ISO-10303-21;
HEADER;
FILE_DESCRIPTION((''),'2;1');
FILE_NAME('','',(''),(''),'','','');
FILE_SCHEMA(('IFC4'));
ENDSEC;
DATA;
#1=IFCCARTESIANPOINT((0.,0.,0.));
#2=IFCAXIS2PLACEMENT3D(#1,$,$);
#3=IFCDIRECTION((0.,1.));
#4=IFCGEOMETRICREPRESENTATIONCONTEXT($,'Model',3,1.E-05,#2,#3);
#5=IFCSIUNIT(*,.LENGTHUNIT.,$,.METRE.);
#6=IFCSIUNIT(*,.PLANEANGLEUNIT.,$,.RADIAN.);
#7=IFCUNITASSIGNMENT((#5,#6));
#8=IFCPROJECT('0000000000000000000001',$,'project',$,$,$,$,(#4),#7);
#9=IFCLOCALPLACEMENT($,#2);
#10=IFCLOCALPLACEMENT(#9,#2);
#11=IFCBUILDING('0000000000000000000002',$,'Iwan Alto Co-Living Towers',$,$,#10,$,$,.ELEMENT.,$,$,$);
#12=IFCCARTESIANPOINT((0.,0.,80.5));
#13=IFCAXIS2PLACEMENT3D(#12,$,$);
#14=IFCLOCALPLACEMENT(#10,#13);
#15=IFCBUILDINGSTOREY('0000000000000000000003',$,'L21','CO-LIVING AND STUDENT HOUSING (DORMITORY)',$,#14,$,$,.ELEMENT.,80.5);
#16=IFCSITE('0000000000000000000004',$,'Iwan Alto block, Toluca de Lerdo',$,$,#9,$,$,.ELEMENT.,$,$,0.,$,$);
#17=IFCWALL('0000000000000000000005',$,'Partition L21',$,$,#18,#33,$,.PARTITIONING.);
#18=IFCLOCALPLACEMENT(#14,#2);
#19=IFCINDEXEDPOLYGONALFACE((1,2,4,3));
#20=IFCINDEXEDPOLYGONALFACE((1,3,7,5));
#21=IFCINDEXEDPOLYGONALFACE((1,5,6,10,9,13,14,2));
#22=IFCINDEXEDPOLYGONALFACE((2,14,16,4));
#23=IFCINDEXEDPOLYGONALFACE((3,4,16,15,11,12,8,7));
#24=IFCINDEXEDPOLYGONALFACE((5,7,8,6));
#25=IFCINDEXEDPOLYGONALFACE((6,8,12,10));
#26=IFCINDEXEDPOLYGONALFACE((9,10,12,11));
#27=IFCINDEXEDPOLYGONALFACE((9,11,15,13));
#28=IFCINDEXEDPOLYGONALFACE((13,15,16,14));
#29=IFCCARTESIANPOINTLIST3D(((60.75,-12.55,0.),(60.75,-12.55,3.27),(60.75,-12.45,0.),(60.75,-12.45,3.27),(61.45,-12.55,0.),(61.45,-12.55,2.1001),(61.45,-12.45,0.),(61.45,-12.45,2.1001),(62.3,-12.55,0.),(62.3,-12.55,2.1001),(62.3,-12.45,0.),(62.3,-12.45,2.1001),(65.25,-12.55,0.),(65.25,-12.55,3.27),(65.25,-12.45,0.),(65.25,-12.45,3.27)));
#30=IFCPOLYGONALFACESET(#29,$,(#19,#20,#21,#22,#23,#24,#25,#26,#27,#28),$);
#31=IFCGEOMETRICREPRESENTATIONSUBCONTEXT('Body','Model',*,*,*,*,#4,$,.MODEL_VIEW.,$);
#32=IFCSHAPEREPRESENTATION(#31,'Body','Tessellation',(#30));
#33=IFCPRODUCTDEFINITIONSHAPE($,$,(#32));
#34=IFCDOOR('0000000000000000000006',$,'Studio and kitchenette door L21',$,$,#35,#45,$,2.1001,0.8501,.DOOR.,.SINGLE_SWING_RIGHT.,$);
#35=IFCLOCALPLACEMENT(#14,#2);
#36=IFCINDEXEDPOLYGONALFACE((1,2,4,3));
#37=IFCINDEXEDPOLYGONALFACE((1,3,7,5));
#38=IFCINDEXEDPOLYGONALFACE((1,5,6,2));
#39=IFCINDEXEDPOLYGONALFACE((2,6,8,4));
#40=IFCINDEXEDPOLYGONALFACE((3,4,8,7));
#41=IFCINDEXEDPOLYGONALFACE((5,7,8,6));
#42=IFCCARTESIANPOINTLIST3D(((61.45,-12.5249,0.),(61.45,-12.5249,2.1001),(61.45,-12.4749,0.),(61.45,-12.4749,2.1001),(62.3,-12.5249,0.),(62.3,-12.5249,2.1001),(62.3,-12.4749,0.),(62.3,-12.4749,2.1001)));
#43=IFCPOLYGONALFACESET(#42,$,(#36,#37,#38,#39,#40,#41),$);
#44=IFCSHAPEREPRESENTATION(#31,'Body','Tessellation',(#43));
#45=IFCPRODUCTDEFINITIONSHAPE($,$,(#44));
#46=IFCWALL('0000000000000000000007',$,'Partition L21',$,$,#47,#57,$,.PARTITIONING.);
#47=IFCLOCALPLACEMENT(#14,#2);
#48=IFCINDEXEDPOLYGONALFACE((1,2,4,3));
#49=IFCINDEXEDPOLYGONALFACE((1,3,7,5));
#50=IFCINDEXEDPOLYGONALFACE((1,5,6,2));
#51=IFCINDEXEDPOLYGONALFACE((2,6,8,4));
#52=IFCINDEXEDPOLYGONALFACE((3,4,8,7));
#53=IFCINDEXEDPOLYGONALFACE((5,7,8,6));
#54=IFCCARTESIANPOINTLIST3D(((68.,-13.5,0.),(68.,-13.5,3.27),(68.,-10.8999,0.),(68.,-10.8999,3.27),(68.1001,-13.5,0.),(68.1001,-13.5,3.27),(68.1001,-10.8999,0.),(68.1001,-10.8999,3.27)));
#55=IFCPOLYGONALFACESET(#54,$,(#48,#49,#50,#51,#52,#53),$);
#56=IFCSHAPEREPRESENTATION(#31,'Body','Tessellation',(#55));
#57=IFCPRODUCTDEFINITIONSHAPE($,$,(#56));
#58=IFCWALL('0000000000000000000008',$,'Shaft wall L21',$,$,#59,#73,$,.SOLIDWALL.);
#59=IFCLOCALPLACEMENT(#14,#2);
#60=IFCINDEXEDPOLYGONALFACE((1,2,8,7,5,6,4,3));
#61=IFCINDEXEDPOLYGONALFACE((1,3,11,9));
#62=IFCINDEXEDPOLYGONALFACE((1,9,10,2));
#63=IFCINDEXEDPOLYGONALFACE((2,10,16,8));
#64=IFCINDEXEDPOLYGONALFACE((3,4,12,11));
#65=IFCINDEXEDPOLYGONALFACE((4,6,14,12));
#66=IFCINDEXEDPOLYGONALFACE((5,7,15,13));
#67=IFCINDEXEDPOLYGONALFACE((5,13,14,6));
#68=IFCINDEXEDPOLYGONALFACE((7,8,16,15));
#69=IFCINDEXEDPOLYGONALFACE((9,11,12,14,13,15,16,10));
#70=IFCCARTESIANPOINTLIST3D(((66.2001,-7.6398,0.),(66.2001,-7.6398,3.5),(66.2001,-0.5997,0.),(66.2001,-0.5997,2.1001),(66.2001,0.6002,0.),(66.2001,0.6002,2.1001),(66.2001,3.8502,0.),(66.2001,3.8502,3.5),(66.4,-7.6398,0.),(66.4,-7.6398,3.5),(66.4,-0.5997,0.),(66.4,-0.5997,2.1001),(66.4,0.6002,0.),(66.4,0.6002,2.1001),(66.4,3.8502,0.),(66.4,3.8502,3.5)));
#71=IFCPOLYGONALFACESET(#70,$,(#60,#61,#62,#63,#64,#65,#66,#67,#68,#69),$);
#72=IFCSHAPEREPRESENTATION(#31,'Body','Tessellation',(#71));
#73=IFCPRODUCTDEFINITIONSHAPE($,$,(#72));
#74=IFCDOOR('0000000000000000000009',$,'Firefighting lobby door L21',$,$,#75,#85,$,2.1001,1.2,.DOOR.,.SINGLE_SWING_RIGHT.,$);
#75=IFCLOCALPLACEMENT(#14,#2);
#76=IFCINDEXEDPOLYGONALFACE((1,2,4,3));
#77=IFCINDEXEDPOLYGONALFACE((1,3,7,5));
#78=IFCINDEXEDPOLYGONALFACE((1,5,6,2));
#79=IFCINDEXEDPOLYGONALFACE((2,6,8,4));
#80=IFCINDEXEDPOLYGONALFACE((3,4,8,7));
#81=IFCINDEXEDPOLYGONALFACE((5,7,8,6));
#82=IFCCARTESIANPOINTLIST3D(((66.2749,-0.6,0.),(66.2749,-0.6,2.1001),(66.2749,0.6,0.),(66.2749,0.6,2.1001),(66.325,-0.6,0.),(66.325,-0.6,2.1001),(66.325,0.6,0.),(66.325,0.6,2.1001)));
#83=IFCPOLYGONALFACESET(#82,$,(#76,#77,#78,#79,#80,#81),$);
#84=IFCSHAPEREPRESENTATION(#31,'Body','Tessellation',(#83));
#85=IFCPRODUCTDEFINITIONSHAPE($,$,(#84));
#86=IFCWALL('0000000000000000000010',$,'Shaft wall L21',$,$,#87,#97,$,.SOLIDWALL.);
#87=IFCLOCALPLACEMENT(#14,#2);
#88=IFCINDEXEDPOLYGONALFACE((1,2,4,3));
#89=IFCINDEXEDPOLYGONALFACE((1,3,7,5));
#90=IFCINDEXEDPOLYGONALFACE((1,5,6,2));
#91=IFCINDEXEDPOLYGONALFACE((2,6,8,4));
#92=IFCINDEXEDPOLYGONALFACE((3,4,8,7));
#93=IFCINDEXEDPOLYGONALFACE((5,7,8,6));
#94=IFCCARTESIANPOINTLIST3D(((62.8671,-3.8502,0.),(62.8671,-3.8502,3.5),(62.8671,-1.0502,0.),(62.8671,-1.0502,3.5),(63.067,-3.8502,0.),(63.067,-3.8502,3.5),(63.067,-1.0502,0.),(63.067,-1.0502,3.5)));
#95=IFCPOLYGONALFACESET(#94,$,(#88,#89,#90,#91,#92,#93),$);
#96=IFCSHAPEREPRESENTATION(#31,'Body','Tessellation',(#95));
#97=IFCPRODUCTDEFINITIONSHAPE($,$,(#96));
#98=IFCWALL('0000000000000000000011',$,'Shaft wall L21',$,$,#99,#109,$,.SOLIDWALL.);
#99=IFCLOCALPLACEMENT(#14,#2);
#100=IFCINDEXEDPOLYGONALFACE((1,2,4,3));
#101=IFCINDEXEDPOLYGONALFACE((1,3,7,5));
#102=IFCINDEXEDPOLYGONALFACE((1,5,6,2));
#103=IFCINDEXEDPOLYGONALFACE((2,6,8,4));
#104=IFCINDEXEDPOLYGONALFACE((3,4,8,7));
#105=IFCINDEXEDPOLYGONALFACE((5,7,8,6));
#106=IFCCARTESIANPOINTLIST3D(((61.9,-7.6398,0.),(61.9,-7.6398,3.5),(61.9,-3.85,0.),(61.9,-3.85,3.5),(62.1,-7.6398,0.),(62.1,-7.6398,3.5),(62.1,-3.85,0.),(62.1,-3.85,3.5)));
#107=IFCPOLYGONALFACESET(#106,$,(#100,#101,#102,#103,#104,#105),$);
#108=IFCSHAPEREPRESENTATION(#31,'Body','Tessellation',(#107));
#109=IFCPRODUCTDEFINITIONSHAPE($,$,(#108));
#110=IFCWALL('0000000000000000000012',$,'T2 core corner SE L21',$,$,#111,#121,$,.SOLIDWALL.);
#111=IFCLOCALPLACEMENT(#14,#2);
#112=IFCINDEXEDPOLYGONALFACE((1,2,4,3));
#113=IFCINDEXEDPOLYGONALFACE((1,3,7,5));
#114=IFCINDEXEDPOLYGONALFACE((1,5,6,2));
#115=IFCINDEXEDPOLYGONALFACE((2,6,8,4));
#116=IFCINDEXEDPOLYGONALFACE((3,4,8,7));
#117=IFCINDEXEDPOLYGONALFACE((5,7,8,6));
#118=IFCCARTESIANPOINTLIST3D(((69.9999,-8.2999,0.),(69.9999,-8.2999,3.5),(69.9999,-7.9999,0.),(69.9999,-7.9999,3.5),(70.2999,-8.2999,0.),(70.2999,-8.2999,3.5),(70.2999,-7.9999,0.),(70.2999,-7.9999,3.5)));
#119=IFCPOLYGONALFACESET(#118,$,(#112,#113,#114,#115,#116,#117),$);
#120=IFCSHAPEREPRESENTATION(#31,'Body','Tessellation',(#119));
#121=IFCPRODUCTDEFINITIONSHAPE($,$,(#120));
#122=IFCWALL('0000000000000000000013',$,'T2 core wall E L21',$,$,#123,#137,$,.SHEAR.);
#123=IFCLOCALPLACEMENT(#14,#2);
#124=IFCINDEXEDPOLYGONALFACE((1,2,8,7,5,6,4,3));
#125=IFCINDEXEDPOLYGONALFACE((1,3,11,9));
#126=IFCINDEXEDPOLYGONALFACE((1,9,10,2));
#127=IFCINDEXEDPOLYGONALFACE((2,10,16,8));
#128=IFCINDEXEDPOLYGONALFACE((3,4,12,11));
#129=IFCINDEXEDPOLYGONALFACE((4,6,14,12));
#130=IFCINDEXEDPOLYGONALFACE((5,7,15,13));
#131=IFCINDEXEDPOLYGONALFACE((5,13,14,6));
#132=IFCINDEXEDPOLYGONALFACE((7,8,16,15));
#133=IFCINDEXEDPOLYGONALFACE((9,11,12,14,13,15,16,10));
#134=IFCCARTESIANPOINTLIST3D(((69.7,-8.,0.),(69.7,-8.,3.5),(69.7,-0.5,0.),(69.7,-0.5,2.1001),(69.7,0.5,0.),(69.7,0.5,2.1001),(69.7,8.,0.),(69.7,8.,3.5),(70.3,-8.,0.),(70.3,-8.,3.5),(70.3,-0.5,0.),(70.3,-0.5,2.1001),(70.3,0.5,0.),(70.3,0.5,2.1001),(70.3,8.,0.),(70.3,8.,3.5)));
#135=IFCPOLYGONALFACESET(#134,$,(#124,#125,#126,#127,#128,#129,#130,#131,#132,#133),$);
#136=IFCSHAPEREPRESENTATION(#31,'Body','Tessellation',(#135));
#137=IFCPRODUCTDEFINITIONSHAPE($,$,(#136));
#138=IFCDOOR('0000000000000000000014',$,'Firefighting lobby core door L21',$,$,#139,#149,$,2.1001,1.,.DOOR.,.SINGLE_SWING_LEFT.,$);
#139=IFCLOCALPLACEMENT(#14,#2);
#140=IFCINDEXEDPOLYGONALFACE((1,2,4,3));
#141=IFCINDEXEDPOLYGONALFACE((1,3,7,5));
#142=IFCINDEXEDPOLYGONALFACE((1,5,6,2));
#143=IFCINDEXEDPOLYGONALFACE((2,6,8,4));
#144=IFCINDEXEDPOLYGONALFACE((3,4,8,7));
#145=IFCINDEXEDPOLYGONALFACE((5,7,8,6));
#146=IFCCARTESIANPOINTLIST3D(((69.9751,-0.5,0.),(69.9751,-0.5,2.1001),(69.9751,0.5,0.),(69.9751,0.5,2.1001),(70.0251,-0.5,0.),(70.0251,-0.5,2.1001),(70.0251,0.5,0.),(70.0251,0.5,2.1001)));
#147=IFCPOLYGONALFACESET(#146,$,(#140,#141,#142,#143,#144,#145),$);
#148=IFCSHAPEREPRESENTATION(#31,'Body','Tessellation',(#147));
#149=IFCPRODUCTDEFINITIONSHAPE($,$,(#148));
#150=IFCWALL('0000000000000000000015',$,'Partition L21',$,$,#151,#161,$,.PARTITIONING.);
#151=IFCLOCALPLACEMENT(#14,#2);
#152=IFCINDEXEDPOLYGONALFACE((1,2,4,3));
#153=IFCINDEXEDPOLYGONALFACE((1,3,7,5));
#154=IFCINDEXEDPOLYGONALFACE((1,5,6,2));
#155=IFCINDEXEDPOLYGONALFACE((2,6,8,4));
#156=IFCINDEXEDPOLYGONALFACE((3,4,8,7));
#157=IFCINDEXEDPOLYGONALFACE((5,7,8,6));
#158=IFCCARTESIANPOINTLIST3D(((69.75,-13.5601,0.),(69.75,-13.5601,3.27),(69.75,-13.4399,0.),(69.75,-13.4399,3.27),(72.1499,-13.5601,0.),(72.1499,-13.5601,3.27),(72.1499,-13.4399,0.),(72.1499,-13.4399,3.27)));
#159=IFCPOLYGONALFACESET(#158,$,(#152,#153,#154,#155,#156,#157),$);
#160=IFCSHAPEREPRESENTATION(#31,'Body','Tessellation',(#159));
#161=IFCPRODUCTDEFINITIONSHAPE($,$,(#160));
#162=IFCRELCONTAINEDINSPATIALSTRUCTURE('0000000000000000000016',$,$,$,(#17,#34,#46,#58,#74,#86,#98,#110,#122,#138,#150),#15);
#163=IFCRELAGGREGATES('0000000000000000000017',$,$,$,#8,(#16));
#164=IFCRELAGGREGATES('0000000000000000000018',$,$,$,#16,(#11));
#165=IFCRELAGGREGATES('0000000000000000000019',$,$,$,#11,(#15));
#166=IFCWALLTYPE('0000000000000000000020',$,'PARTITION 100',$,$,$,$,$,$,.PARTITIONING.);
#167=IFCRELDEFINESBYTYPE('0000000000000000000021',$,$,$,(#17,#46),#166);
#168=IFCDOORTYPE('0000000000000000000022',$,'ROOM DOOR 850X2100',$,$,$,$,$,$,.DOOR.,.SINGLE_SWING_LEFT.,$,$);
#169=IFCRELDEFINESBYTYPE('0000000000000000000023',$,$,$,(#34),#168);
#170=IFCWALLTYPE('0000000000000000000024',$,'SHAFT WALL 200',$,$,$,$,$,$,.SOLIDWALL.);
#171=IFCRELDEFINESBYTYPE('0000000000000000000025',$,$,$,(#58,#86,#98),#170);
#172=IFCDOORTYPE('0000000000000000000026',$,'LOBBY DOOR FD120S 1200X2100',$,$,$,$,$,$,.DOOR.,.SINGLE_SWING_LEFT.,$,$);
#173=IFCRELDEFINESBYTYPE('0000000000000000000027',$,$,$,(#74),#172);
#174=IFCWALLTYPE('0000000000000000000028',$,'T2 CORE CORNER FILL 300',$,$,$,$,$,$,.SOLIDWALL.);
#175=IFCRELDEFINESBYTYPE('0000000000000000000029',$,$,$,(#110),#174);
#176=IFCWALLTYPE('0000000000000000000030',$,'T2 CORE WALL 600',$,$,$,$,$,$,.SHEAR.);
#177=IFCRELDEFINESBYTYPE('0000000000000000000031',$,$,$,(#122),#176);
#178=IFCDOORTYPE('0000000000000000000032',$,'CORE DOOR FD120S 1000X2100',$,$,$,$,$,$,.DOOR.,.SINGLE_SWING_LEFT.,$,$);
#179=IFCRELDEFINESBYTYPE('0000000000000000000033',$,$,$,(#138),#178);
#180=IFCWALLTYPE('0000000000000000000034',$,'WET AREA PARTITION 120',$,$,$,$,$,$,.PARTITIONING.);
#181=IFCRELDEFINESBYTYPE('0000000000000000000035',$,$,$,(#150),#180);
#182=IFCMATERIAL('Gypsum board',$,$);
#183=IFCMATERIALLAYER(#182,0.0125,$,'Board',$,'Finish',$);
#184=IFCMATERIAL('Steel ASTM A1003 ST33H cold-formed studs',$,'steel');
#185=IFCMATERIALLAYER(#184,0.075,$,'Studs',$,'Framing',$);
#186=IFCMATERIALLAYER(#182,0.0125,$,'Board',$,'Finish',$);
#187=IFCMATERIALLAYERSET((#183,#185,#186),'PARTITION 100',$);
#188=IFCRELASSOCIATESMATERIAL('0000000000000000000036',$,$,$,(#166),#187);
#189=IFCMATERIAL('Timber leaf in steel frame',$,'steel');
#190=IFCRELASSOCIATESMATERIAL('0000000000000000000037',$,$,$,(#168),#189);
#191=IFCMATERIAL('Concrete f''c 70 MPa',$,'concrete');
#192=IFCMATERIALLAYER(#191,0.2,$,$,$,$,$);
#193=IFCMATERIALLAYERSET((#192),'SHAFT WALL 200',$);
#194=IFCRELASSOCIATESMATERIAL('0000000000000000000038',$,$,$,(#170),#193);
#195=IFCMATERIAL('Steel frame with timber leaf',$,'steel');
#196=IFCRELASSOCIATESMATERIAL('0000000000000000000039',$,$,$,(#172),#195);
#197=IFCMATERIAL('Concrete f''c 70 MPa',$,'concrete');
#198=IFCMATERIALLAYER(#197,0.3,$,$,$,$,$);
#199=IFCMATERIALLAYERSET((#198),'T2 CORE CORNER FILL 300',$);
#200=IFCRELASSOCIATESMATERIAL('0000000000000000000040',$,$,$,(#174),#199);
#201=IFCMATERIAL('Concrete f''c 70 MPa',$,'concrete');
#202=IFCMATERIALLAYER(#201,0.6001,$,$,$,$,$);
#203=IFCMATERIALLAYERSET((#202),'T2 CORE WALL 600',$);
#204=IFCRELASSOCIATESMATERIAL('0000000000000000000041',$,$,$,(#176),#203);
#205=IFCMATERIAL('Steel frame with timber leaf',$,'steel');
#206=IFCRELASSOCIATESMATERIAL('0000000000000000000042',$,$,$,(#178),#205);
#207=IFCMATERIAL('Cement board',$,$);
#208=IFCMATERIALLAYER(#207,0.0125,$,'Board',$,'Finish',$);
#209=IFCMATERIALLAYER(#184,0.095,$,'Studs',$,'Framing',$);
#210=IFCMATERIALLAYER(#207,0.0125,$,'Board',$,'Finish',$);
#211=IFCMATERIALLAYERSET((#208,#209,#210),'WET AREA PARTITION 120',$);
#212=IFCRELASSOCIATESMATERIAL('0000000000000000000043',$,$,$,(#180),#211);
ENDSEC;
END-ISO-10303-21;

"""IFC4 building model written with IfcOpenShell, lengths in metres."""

from ifc_helpers import new_model, si_unit, direction, frame, frame_2d, origin, place, context, subcontext, project, spatial, rectangle, extrude, material, layer, layer_set, type_object, element, fill, save


model = new_model("IFC4")

# Units and contexts
model_context = context("Model", 3, precision=1e-05, world=origin(), true_north=direction((0.0, 1.0)))
body_context = subcontext(model_context, "Body", "Model", "MODEL_VIEW")
ifc_project = project(units=[si_unit("LENGTHUNIT", "METRE"), si_unit("PLANEANGLEUNIT", "RADIAN")], contexts=[model_context])

# Site, building, storey
site_placement = place(None, origin())
site = spatial("IfcSite", under=ifc_project, at=site_placement, Name="Iwan Alto block, Toluca de Lerdo", CompositionType="ELEMENT", RefElevation=0.0)
building_placement = place(site_placement, origin())
building = spatial("IfcBuilding", under=site, at=building_placement, Name="Iwan Alto Co-Living Towers", CompositionType="ELEMENT")
storey_placement = place(building_placement, frame((0.0, 0.0, 80.5)))
storey = spatial("IfcBuildingStorey", under=building, at=storey_placement, Name="L21", Description="CO-LIVING AND STUDENT HOUSING (DORMITORY)", CompositionType="ELEMENT", Elevation=80.5)

# Wall, opening, door
ifc_material_1 = material(Name="Gypsum board")
ifc_layer_1 = layer(ifc_material_1, 0.0125, Name="Board", Category="Finish")
ifc_material_2 = material(Name="Steel ASTM A1003 ST33H cold-formed studs", Category="steel")
ifc_layer_2 = layer(ifc_material_2, 0.075, Name="Studs", Category="Framing")
ifc_layer_3 = layer(ifc_material_1, 0.0125, Name="Board", Category="Finish")
ifc_layer_set_1 = layer_set([ifc_layer_1, ifc_layer_2, ifc_layer_3], Name="PARTITION 100")
wall_type_1 = type_object("IfcWallType", Name="PARTITION 100", PredefinedType="PARTITIONING", material=ifc_layer_set_1)
ifc_material_3 = material(Name="Timber leaf in steel frame", Category="steel")
door_type_1 = type_object("IfcDoorType", Name="ROOM DOOR 850X2100", OperationType="SINGLE_SWING_LEFT", PredefinedType="DOOR", material=ifc_material_3)
wall_1_placement = place(storey_placement, frame((60.75, -12.5, 0.0), z_axis=(0.0, 0.0, 1.0), x_axis=(1.0, 0.0, 0.0)))
wall_1 = element("IfcWall", 1, at=wall_1_placement, inside=storey, type_object=wall_type_1, Name="Partition L21", PredefinedType="PARTITIONING", context=body_context, shape_type="SweptSolid", body=[
    extrude(rectangle(XDim=4.5, YDim=0.1001, at=frame_2d((2.25, 0.0))), origin(), (0.0, 0.0, 1.0), 3.27),
])
opening_1_placement = place(wall_1_placement, frame((0.7, 0.0, 0.0)))
opening_1 = element("IfcOpeningElement", 2, at=opening_1_placement, cuts=wall_1, PredefinedType="OPENING", context=body_context, shape_type="SweptSolid", body=[
    extrude(rectangle(XDim=0.8501, YDim=2.1001, at=frame_2d((0.425, 1.05))), frame((0.0, 0.0601, 0.0), z_axis=(0.0, -1.0, 0.0), x_axis=(1.0, 0.0, 0.0)), (0.0, 0.0, 1.0), 0.1201),
])
door_1_placement = place(opening_1_placement, frame((0.8501, 0.0, 0.0), z_axis=(0.0, 0.0, 1.0), x_axis=(-1.0, 0.0, 0.0)))
door_1 = element("IfcDoor", 3, at=door_1_placement, inside=storey, type_object=door_type_1, Name="Studio and kitchenette door L21", OperationType="SINGLE_SWING_RIGHT", OverallHeight=2.1001, OverallWidth=0.8501, PredefinedType="DOOR", context=body_context, shape_type="SweptSolid", body=[
    extrude(rectangle(XDim=0.8501, YDim=2.1001, at=frame_2d((0.425, 1.05))), frame((0.0, 0.0249, 0.0), z_axis=(0.0, -1.0, 0.0), x_axis=(1.0, 0.0, 0.0)), (0.0, 0.0, 1.0), 0.05),
])
fill(opening_1, door_1)

# Wall
wall_2_placement = place(storey_placement, frame((68.05, -13.5, 0.0), z_axis=(0.0, 0.0, 1.0), x_axis=(0.0, 1.0, 0.0)))
element("IfcWall", 4, at=wall_2_placement, inside=storey, type_object=wall_type_1, Name="Partition L21", PredefinedType="PARTITIONING", context=body_context, shape_type="SweptSolid", body=[
    extrude(rectangle(XDim=2.6001, YDim=0.1001, at=frame_2d((1.3, 0.0))), origin(), (0.0, 0.0, 1.0), 3.27),
])

# Wall, opening, door
ifc_material_4 = material(Name="Concrete f'c 70 MPa", Category="concrete")
ifc_layer_4 = layer(ifc_material_4, 0.2)
ifc_layer_set_2 = layer_set([ifc_layer_4], Name="SHAFT WALL 200")
wall_type_2 = type_object("IfcWallType", Name="SHAFT WALL 200", PredefinedType="SOLIDWALL", material=ifc_layer_set_2)
wall_3_placement = place(storey_placement, frame((66.3, -7.6399, 0.0), z_axis=(0.0, 0.0, 1.0), x_axis=(0.0, 1.0, 0.0)))
wall_3 = element("IfcWall", 5, at=wall_3_placement, inside=storey, type_object=wall_type_2, Name="Shaft wall L21", PredefinedType="SOLIDWALL", context=body_context, shape_type="SweptSolid", body=[
    extrude(rectangle(XDim=11.49, YDim=0.2, at=frame_2d((5.7451, 0.0))), origin(), (0.0, 0.0, 1.0), 3.5),
])
opening_2_placement = place(wall_3_placement, frame((7.04, 0.0, 0.0)))
opening_2 = element("IfcOpeningElement", 6, at=opening_2_placement, cuts=wall_3, PredefinedType="OPENING", context=body_context, shape_type="SweptSolid", body=[
    extrude(rectangle(XDim=1.2, YDim=2.1001, at=frame_2d((0.6001, 1.05))), frame((0.0, 0.1099, 0.0), z_axis=(0.0, -1.0, 0.0), x_axis=(1.0, 0.0, 0.0)), (0.0, 0.0, 1.0), 0.22),
])
ifc_material_5 = material(Name="Steel frame with timber leaf", Category="steel")
door_type_2 = type_object("IfcDoorType", Name="LOBBY DOOR FD120S 1200X2100", OperationType="SINGLE_SWING_LEFT", PredefinedType="DOOR", material=ifc_material_5)
door_2_placement = place(opening_2_placement, frame((1.2, 0.0, 0.0), z_axis=(0.0, 0.0, 1.0), x_axis=(-1.0, 0.0, 0.0)))
door_2 = element("IfcDoor", 7, at=door_2_placement, inside=storey, type_object=door_type_2, Name="Firefighting lobby door L21", OperationType="SINGLE_SWING_RIGHT", OverallHeight=2.1001, OverallWidth=1.2, PredefinedType="DOOR", context=body_context, shape_type="SweptSolid", body=[
    extrude(rectangle(XDim=1.2, YDim=2.1001, at=frame_2d((0.6001, 1.05))), frame((0.0, 0.0249, 0.0), z_axis=(0.0, -1.0, 0.0), x_axis=(1.0, 0.0, 0.0)), (0.0, 0.0, 1.0), 0.05),
])
fill(opening_2, door_2)

# Walls
wall_4_placement = place(storey_placement, frame((62.967, -3.8501, 0.0), z_axis=(0.0, 0.0, 1.0), x_axis=(0.0, 1.0, 0.0)))
element("IfcWall", 8, at=wall_4_placement, inside=storey, type_object=wall_type_2, Name="Shaft wall L21", PredefinedType="SOLIDWALL", context=body_context, shape_type="SweptSolid", body=[
    extrude(rectangle(XDim=2.8, YDim=0.2, at=frame_2d((1.3999, 0.0))), origin(), (0.0, 0.0, 1.0), 3.5),
])
wall_5_placement = place(storey_placement, frame((62.0, -7.6399, 0.0), z_axis=(0.0, 0.0, 1.0), x_axis=(0.0, 1.0, 0.0)))
element("IfcWall", 9, at=wall_5_placement, inside=storey, type_object=wall_type_2, Name="Shaft wall L21", PredefinedType="SOLIDWALL", context=body_context, shape_type="SweptSolid", body=[
    extrude(rectangle(XDim=3.7898, YDim=0.2, at=frame_2d((1.895, 0.0))), origin(), (0.0, 0.0, 1.0), 3.5),
])
ifc_material_6 = material(Name="Concrete f'c 70 MPa", Category="concrete")
ifc_layer_5 = layer(ifc_material_6, 0.3)
ifc_layer_set_3 = layer_set([ifc_layer_5], Name="T2 CORE CORNER FILL 300")
wall_type_3 = type_object("IfcWallType", Name="T2 CORE CORNER FILL 300", PredefinedType="SOLIDWALL", material=ifc_layer_set_3)
wall_6_placement = place(storey_placement, frame((70.0, -8.1499, 0.0), z_axis=(0.0, 0.0, 1.0), x_axis=(1.0, 0.0, 0.0)))
element("IfcWall", 10, at=wall_6_placement, inside=storey, type_object=wall_type_3, Name="T2 core corner SE L21", PredefinedType="SOLIDWALL", context=body_context, shape_type="SweptSolid", body=[
    extrude(rectangle(XDim=0.3, YDim=0.3, at=frame_2d((0.1499, 0.0))), origin(), (0.0, 0.0, 1.0), 3.5),
])

# Wall, opening, door
ifc_material_7 = material(Name="Concrete f'c 70 MPa", Category="concrete")
ifc_layer_6 = layer(ifc_material_7, 0.6001)
ifc_layer_set_4 = layer_set([ifc_layer_6], Name="T2 CORE WALL 600")
wall_type_4 = type_object("IfcWallType", Name="T2 CORE WALL 600", PredefinedType="SHEAR", material=ifc_layer_set_4)
wall_7_placement = place(storey_placement, frame((70.0, -8.0, 0.0), z_axis=(0.0, 0.0, 1.0), x_axis=(0.0, 1.0, 0.0)))
wall_7 = element("IfcWall", 11, at=wall_7_placement, inside=storey, type_object=wall_type_4, Name="T2 core wall E L21", PredefinedType="SHEAR", context=body_context, shape_type="SweptSolid", body=[
    extrude(rectangle(XDim=16.0, YDim=0.6001, at=frame_2d((8.0, 0.0))), origin(), (0.0, 0.0, 1.0), 3.5),
])
opening_3_placement = place(wall_7_placement, frame((7.5, 0.0, 0.0)))
opening_3 = element("IfcOpeningElement", 12, at=opening_3_placement, cuts=wall_7, PredefinedType="OPENING", context=body_context, shape_type="SweptSolid", body=[
    extrude(rectangle(XDim=1.0, YDim=2.1001, at=frame_2d((0.5, 1.05))), frame((0.0, 0.3101, 0.0), z_axis=(0.0, -1.0, 0.0), x_axis=(1.0, 0.0, 0.0)), (0.0, 0.0, 1.0), 0.6201),
])
ifc_material_8 = material(Name="Steel frame with timber leaf", Category="steel")
door_type_3 = type_object("IfcDoorType", Name="CORE DOOR FD120S 1000X2100", OperationType="SINGLE_SWING_LEFT", PredefinedType="DOOR", material=ifc_material_8)
door_3_placement = place(opening_3_placement, origin())
door_3 = element("IfcDoor", 13, at=door_3_placement, inside=storey, type_object=door_type_3, Name="Firefighting lobby core door L21", OperationType="SINGLE_SWING_LEFT", OverallHeight=2.1001, OverallWidth=1.0, PredefinedType="DOOR", context=body_context, shape_type="SweptSolid", body=[
    extrude(rectangle(XDim=1.0, YDim=2.1001, at=frame_2d((0.5, 1.05))), frame((0.0, 0.0249, 0.0), z_axis=(0.0, -1.0, 0.0), x_axis=(1.0, 0.0, 0.0)), (0.0, 0.0, 1.0), 0.05),
])
fill(opening_3, door_3)

# Wall
ifc_material_9 = material(Name="Cement board")
ifc_layer_7 = layer(ifc_material_9, 0.0125, Name="Board", Category="Finish")
ifc_layer_8 = layer(ifc_material_2, 0.095, Name="Studs", Category="Framing")
ifc_layer_9 = layer(ifc_material_9, 0.0125, Name="Board", Category="Finish")
ifc_layer_set_5 = layer_set([ifc_layer_7, ifc_layer_8, ifc_layer_9], Name="WET AREA PARTITION 120")
wall_type_5 = type_object("IfcWallType", Name="WET AREA PARTITION 120", PredefinedType="PARTITIONING", material=ifc_layer_set_5)
wall_8_placement = place(storey_placement, frame((69.75, -13.5, 0.0), z_axis=(0.0, 0.0, 1.0), x_axis=(1.0, 0.0, 0.0)))
element("IfcWall", 14, at=wall_8_placement, inside=storey, type_object=wall_type_5, Name="Partition L21", PredefinedType="PARTITIONING", context=body_context, shape_type="SweptSolid", body=[
    extrude(rectangle(XDim=2.3999, YDim=0.1201, at=frame_2d((1.2, 0.0))), origin(), (0.0, 0.0, 1.0), 3.27),
])

save(model, "model.ifc")
